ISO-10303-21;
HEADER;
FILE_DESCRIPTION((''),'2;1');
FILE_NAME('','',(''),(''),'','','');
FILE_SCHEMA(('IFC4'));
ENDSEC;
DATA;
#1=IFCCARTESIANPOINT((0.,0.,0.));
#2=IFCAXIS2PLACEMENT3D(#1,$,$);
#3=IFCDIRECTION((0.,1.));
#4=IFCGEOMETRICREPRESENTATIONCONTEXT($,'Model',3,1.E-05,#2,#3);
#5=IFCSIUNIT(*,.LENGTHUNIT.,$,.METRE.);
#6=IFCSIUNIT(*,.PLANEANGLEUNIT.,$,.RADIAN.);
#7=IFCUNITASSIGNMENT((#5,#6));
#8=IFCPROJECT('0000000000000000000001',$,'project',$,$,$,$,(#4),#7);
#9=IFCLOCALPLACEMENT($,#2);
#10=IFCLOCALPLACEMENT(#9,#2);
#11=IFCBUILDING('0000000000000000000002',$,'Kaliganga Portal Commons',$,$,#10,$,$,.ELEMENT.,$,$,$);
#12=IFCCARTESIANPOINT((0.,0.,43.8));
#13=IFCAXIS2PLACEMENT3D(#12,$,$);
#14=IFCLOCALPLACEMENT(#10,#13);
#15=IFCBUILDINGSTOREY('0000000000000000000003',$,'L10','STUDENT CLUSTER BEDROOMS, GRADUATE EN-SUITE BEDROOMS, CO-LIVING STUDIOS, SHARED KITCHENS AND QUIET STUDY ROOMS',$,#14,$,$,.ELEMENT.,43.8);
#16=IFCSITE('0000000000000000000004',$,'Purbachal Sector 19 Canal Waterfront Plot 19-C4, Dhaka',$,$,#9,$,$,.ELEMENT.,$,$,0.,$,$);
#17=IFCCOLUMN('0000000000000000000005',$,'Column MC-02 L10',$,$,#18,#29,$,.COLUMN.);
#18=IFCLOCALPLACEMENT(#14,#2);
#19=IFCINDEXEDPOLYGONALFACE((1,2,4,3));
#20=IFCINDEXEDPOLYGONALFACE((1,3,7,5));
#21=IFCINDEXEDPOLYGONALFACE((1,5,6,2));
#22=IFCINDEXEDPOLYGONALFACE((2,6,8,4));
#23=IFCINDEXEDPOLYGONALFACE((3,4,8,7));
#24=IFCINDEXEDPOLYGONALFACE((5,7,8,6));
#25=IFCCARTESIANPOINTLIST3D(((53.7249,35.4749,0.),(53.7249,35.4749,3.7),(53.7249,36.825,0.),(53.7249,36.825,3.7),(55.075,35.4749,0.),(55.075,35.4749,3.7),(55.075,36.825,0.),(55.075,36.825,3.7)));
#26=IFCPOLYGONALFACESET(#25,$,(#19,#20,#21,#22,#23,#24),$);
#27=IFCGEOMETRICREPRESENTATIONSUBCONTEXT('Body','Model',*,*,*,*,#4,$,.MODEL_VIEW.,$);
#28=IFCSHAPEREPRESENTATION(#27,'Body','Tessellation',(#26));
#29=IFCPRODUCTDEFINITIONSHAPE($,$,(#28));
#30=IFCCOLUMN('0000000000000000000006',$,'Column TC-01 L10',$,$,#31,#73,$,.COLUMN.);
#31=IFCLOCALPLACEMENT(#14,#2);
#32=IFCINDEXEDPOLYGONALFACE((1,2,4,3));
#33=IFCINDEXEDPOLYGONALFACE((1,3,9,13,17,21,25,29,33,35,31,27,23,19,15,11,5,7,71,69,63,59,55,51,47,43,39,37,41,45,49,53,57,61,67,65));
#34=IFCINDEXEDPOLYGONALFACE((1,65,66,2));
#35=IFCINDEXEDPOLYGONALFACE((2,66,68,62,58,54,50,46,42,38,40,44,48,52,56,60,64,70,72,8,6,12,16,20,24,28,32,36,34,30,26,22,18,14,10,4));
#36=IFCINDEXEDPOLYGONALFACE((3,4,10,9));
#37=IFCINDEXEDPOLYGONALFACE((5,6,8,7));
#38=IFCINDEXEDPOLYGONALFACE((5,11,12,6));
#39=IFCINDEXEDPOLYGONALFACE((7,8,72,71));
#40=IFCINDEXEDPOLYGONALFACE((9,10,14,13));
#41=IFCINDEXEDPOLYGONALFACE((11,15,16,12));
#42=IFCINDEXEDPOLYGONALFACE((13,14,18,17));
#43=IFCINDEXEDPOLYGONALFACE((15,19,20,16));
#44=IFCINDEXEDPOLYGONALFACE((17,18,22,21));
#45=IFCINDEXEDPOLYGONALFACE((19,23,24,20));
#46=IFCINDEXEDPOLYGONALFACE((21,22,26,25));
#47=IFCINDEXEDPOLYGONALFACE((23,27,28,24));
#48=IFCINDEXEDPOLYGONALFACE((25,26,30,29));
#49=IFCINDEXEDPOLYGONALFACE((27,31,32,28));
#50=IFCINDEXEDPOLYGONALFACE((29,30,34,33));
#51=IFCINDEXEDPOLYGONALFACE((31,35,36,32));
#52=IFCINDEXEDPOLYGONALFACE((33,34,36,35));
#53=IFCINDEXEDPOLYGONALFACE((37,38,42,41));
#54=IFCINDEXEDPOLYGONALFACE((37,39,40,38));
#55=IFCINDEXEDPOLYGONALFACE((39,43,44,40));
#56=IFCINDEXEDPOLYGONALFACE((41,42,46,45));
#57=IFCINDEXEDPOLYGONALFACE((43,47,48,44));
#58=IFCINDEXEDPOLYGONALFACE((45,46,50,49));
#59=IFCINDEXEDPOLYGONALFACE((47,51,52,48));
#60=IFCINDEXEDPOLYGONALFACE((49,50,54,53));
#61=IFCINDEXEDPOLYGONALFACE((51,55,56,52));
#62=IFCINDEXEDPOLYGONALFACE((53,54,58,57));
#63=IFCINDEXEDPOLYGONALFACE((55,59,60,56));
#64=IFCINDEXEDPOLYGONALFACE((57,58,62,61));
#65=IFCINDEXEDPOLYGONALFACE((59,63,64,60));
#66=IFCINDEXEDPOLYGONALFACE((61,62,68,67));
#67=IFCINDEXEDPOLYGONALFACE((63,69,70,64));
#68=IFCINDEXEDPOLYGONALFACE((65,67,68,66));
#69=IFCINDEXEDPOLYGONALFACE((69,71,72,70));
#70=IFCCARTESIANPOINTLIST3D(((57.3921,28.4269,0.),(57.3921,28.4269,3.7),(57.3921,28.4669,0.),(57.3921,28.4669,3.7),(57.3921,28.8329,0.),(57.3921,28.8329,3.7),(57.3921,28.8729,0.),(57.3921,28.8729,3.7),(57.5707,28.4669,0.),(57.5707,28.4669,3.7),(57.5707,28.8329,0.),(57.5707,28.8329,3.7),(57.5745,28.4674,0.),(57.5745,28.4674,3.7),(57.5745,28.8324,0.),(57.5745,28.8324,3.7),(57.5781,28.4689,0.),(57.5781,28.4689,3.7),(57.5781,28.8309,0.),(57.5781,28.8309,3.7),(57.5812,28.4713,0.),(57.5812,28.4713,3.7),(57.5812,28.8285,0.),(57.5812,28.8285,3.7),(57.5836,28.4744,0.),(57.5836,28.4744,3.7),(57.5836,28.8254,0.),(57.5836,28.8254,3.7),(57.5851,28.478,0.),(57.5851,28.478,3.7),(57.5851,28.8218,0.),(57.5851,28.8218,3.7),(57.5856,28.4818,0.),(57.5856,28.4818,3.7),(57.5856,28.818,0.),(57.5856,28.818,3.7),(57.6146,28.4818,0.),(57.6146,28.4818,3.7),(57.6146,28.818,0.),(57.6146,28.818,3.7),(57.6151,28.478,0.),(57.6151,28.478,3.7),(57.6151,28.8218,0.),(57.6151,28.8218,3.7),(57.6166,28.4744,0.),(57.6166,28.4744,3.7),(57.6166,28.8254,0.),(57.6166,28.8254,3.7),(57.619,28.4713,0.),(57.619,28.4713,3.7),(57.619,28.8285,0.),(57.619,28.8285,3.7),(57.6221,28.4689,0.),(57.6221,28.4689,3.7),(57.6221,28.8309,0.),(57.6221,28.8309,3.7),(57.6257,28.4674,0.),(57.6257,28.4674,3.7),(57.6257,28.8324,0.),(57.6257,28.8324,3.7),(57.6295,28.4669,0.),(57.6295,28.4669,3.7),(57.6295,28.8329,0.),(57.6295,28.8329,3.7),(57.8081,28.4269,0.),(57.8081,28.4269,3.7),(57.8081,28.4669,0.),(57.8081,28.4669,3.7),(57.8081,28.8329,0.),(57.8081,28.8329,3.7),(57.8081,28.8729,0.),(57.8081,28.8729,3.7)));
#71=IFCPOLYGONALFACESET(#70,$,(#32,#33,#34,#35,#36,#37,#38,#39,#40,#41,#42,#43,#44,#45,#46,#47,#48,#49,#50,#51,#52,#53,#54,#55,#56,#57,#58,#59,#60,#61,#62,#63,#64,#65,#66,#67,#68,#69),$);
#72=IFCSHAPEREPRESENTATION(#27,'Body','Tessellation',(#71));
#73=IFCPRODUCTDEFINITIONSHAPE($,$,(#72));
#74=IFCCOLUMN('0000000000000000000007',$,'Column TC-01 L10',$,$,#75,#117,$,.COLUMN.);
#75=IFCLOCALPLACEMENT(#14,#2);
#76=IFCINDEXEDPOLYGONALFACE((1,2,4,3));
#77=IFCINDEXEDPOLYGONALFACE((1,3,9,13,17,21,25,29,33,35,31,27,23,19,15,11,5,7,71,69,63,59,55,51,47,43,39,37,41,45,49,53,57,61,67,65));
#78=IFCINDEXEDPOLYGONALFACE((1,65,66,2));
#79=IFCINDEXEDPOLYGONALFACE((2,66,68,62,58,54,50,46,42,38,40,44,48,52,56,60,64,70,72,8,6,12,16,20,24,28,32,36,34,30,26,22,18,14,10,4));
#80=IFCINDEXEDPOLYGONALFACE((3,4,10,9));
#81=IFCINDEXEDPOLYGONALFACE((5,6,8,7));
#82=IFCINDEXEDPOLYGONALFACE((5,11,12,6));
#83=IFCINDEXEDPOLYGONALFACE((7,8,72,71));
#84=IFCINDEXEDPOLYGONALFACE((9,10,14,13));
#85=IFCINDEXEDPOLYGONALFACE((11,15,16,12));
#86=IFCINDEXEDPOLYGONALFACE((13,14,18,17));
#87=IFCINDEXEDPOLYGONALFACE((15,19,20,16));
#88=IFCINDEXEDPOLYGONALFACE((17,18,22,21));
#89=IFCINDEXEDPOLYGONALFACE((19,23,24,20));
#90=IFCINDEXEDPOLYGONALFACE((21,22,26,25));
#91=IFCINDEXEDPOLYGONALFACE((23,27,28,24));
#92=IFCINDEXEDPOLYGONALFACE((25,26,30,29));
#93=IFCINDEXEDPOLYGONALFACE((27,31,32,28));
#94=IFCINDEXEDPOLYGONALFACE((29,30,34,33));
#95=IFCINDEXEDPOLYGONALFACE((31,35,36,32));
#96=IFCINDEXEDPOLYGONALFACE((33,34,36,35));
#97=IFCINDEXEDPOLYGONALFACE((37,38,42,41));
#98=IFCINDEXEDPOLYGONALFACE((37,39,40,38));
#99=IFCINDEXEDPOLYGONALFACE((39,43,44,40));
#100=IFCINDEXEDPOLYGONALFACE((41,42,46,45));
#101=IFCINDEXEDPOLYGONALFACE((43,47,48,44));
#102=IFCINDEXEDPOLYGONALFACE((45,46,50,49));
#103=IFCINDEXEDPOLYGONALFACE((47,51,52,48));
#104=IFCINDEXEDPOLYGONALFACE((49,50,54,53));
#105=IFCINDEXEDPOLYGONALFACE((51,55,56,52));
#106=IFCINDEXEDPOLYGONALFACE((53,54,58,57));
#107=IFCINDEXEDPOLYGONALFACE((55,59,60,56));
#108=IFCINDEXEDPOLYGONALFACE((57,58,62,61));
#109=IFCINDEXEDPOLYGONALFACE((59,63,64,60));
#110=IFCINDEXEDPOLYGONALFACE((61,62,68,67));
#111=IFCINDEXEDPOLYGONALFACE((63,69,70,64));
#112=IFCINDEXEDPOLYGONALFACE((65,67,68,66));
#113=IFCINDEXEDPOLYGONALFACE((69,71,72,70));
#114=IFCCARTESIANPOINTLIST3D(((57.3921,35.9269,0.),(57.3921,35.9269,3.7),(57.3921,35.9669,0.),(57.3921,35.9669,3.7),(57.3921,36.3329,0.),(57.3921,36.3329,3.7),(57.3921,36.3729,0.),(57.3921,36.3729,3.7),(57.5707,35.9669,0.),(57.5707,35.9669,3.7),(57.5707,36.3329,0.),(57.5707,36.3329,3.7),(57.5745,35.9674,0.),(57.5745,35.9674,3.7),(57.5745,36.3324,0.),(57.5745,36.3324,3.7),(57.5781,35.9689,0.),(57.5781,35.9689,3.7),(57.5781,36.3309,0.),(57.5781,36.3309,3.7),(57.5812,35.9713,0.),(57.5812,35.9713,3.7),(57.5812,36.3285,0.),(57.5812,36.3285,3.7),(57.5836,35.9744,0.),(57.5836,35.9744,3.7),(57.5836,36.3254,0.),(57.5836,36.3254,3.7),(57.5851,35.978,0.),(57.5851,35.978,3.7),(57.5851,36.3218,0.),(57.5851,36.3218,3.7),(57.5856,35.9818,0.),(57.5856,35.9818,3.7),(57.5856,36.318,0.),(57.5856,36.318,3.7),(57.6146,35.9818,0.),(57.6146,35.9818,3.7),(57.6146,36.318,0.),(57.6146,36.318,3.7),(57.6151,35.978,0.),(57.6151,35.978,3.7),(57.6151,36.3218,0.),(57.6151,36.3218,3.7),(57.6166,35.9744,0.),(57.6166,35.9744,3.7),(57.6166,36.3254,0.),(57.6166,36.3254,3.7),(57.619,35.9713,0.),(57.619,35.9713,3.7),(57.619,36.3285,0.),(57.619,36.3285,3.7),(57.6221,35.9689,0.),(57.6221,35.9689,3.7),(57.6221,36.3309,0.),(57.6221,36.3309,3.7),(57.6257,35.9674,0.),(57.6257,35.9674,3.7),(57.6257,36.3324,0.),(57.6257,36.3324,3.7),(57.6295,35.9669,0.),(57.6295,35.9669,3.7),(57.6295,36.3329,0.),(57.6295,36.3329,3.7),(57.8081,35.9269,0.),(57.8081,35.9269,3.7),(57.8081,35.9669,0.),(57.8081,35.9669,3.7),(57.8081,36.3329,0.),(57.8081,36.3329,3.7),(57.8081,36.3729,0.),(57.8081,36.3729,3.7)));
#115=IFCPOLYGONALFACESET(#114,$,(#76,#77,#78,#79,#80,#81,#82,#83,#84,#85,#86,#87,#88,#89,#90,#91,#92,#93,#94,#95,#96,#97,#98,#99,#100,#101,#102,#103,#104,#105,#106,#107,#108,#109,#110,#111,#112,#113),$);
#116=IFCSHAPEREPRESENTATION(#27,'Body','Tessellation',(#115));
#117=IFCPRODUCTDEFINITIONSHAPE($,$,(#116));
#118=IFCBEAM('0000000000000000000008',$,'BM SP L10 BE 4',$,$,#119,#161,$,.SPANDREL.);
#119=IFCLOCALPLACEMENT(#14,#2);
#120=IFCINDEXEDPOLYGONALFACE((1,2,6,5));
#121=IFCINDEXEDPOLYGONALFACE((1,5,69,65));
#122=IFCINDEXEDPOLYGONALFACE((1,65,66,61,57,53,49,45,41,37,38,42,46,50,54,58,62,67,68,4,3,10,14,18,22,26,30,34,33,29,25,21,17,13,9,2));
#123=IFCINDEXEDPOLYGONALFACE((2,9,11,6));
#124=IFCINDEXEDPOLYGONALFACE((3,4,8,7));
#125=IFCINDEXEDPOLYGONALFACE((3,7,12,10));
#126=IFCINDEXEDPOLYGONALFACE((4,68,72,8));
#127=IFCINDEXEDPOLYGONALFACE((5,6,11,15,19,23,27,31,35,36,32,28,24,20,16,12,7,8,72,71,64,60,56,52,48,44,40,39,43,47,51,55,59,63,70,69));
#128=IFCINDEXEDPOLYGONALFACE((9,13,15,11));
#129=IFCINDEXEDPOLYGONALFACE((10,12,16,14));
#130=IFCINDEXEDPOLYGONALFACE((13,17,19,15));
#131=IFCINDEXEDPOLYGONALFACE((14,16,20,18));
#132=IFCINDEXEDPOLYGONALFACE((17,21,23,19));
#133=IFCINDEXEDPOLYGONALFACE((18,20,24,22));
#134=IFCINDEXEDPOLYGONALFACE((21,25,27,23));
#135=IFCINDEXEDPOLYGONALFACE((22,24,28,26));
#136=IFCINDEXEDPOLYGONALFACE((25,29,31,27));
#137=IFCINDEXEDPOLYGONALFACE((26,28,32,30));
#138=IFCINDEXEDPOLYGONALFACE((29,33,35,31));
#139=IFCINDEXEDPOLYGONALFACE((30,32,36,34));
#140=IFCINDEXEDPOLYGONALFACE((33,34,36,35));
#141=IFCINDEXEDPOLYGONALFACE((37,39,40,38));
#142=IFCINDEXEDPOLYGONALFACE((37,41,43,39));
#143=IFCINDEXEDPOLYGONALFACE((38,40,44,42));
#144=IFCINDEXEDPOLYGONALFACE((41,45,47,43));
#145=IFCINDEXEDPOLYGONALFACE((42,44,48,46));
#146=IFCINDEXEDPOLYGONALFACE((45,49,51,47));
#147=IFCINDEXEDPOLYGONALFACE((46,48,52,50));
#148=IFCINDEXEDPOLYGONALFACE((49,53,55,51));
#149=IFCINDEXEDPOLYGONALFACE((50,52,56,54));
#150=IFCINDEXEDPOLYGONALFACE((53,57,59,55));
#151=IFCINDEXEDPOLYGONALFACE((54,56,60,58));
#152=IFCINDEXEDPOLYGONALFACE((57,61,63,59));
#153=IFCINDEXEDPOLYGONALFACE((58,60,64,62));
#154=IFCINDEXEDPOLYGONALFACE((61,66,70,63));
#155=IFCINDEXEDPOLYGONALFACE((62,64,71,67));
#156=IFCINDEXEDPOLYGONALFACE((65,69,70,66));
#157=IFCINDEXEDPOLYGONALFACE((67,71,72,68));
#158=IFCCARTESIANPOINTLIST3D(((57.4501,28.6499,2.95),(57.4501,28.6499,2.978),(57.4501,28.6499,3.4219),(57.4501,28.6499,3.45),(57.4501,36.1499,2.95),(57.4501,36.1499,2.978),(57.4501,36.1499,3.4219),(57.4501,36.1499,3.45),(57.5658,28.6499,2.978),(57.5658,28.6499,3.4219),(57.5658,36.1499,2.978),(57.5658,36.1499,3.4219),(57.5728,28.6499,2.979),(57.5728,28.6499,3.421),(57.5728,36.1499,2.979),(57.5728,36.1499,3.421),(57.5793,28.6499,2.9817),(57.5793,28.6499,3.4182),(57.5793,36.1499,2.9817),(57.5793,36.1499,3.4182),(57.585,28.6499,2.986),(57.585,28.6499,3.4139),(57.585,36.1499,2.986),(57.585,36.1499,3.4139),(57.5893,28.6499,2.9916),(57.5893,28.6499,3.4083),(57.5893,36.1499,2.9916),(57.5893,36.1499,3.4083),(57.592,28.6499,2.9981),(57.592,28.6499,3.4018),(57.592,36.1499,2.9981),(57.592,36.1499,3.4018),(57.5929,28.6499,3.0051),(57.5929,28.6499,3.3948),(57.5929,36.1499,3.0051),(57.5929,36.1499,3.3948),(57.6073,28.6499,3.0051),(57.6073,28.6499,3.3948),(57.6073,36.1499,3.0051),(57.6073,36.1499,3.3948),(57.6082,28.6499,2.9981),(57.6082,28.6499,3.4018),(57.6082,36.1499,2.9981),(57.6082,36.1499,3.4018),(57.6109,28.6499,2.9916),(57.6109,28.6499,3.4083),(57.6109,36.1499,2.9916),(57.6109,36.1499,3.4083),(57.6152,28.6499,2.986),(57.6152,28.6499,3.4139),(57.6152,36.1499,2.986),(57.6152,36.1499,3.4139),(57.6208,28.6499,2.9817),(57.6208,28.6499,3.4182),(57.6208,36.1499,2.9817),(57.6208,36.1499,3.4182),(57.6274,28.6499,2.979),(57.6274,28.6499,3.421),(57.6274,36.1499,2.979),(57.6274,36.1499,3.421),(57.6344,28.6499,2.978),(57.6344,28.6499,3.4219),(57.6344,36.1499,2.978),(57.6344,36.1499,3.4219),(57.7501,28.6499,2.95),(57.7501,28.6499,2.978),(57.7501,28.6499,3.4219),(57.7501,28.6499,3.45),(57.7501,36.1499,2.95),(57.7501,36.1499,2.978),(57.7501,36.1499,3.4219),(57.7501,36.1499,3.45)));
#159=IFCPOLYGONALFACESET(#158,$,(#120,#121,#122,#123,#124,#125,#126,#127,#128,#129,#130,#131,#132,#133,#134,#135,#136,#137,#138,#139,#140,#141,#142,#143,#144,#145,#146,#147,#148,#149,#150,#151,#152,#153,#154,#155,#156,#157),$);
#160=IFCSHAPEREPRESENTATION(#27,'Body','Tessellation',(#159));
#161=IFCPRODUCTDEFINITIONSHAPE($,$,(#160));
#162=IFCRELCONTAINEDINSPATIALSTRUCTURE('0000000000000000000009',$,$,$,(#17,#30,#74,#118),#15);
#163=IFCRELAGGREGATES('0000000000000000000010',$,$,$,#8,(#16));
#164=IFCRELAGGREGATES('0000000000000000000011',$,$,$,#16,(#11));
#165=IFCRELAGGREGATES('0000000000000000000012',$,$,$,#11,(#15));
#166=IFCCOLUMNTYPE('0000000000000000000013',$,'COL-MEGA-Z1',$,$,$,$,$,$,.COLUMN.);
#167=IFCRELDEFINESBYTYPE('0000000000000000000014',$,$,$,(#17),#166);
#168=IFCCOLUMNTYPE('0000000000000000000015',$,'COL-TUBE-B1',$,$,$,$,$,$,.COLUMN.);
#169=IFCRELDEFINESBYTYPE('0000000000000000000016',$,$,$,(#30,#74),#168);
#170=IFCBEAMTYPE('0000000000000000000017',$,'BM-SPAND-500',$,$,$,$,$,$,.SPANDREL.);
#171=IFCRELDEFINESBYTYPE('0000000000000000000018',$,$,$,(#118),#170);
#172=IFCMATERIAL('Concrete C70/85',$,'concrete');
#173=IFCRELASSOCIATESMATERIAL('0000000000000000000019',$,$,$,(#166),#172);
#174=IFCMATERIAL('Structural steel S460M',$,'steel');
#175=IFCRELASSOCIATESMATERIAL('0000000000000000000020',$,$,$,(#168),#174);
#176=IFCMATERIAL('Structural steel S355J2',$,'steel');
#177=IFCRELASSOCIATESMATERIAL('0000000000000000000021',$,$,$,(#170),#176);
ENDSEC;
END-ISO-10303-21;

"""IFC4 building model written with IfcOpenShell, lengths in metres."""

from ifc_helpers import new_model, si_unit, direction, frame, origin, origin_2d, place, context, subcontext, project, spatial, rectangle, i_section, extrude, source, transform, mapped, material, material_profile, profile_set, type_object, element, save


model = new_model("IFC4")

# Units and contexts
model_context = context("Model", 3, precision=1e-05, world=origin(), true_north=direction((0.0, 1.0)))
body_context = subcontext(model_context, "Body", "Model", "MODEL_VIEW")
ifc_project = project(units=[si_unit("LENGTHUNIT", "METRE"), si_unit("PLANEANGLEUNIT", "RADIAN")], contexts=[model_context])

# Site, building, storey
site_placement = place(None, origin())
site = spatial("IfcSite", under=ifc_project, at=site_placement, Name="Purbachal Sector 19 Canal Waterfront Plot 19-C4, Dhaka", CompositionType="ELEMENT", RefElevation=0.0)
building_placement = place(site_placement, origin())
building = spatial("IfcBuilding", under=site, at=building_placement, Name="Kaliganga Portal Commons", CompositionType="ELEMENT")
storey_placement = place(building_placement, frame((0.0, 0.0, 43.8)))
storey = spatial("IfcBuildingStorey", under=building, at=storey_placement, Name="L10", Description="STUDENT CLUSTER BEDROOMS, GRADUATE EN-SUITE BEDROOMS, CO-LIVING STUDIOS, SHARED KITCHENS AND QUIET STUDY ROOMS", CompositionType="ELEMENT", Elevation=43.8)

# Columns
ifc_material_1 = material(Name="Concrete C70/85", Category="concrete")
ifc_material_profile_1 = material_profile(ifc_material_1, rectangle(XDim=1.3501, YDim=1.3501, at=origin_2d()), Name="RC 1350x1350")
ifc_profile_set_1 = profile_set([ifc_material_profile_1], Name="Concrete C70/85")
column_type_1 = type_object("IfcColumnType", Name="COL-MEGA-Z1", PredefinedType="COLUMN", material=ifc_profile_set_1)
shared_shape_1 = source(origin(), body_context, "Body", "SweptSolid", [
    extrude(rectangle(XDim=1.3501, YDim=1.3501, at=origin_2d()), origin(), (0.0, 0.0, 1.0), 3.7),
])
column_placement = place(storey_placement, frame((54.3999, 36.1499, 0.0), z_axis=(0.0, 0.0, 1.0), x_axis=(1.0, 0.0, 0.0)))
element("IfcColumn", 1, at=column_placement, inside=storey, type_object=column_type_1, Name="Column MC-02 L10", PredefinedType="COLUMN", context=body_context, shape_type="MappedRepresentation", body=[
    mapped(shared_shape_1, transform((0.0, 0.0, 0.0), x_axis=(1.0, 0.0, 0.0), y_axis=(0.0, 1.0, 0.0), z_axis=(0.0, 0.0, 1.0), scale=1.0)),
])
ifc_material_2 = material(Name="Structural steel S460M", Category="steel")
ifc_material_profile_2 = material_profile(ifc_material_2, i_section(OverallWidth=0.416, OverallDepth=0.446, WebThickness=0.0291, FlangeThickness=0.04, FilletRadius=0.0149, at=origin_2d()), Name="HD 400x509")
ifc_profile_set_2 = profile_set([ifc_material_profile_2], Name="Structural steel S460M wide-flange")
column_type_2 = type_object("IfcColumnType", Name="COL-TUBE-B1", PredefinedType="COLUMN", material=ifc_profile_set_2)
shared_shape_2 = source(origin(), body_context, "Body", "SweptSolid", [
    extrude(i_section(OverallWidth=0.416, OverallDepth=0.446, WebThickness=0.0291, FlangeThickness=0.04, FilletRadius=0.0149, at=origin_2d()), origin(), (0.0, 0.0, 1.0), 3.7),
])
for number, where, z_axis, x_axis, name in (
    (2, (57.6001, 28.6499, 0.0), (0.0, 0.0, 1.0), (1.0, 0.0, 0.0), "Column TC-01 L10"),
    (3, (57.6001, 36.1499, 0.0), (0.0, 0.0, 1.0), (1.0, 0.0, 0.0), "Column TC-01 L10"),
):
    element("IfcColumn", number, at=place(storey_placement, frame(where, z_axis=z_axis, x_axis=x_axis)), inside=storey, type_object=column_type_2, Name=name, PredefinedType="COLUMN", context=body_context, shape_type="MappedRepresentation", body=[
        mapped(shared_shape_2, transform((0.0, 0.0, 0.0), x_axis=(1.0, 0.0, 0.0), y_axis=(0.0, 1.0, 0.0), z_axis=(0.0, 0.0, 1.0), scale=1.0)),
    ])

# Beam
ifc_material_3 = material(Name="Structural steel S355J2", Category="steel")
ifc_material_profile_3 = material_profile(ifc_material_3, i_section(OverallWidth=0.3, OverallDepth=0.5, WebThickness=0.0144, FlangeThickness=0.0281, FilletRadius=0.0271, at=origin_2d()), Name="HE 500 B")
ifc_profile_set_3 = profile_set([ifc_material_profile_3], Name="Structural steel S355J2 wide-flange")
beam_type_1 = type_object("IfcBeamType", Name="BM-SPAND-500", PredefinedType="SPANDREL", material=ifc_profile_set_3)
shared_shape_3 = source(origin(), body_context, "Body", "SweptSolid", [
    extrude(i_section(OverallWidth=0.3, OverallDepth=0.5, WebThickness=0.0144, FlangeThickness=0.0281, FilletRadius=0.0271, at=origin_2d()), origin(), (0.0, 0.0, 1.0), 7.5),
])
beam_placement = place(storey_placement, frame((57.6001, 28.6499, 3.2), z_axis=(0.0, 1.0, 0.0), x_axis=(-1.0, 0.0, 0.0)))
element("IfcBeam", 4, at=beam_placement, inside=storey, type_object=beam_type_1, Name="BM SP L10 BE 4", PredefinedType="SPANDREL", context=body_context, shape_type="MappedRepresentation", body=[
    mapped(shared_shape_3, transform((0.0, 0.0, 0.0), x_axis=(1.0, 0.0, 0.0), y_axis=(0.0, 1.0, 0.0), z_axis=(0.0, 0.0, 1.0), scale=1.0)),
])

save(model, "model.ifc")
